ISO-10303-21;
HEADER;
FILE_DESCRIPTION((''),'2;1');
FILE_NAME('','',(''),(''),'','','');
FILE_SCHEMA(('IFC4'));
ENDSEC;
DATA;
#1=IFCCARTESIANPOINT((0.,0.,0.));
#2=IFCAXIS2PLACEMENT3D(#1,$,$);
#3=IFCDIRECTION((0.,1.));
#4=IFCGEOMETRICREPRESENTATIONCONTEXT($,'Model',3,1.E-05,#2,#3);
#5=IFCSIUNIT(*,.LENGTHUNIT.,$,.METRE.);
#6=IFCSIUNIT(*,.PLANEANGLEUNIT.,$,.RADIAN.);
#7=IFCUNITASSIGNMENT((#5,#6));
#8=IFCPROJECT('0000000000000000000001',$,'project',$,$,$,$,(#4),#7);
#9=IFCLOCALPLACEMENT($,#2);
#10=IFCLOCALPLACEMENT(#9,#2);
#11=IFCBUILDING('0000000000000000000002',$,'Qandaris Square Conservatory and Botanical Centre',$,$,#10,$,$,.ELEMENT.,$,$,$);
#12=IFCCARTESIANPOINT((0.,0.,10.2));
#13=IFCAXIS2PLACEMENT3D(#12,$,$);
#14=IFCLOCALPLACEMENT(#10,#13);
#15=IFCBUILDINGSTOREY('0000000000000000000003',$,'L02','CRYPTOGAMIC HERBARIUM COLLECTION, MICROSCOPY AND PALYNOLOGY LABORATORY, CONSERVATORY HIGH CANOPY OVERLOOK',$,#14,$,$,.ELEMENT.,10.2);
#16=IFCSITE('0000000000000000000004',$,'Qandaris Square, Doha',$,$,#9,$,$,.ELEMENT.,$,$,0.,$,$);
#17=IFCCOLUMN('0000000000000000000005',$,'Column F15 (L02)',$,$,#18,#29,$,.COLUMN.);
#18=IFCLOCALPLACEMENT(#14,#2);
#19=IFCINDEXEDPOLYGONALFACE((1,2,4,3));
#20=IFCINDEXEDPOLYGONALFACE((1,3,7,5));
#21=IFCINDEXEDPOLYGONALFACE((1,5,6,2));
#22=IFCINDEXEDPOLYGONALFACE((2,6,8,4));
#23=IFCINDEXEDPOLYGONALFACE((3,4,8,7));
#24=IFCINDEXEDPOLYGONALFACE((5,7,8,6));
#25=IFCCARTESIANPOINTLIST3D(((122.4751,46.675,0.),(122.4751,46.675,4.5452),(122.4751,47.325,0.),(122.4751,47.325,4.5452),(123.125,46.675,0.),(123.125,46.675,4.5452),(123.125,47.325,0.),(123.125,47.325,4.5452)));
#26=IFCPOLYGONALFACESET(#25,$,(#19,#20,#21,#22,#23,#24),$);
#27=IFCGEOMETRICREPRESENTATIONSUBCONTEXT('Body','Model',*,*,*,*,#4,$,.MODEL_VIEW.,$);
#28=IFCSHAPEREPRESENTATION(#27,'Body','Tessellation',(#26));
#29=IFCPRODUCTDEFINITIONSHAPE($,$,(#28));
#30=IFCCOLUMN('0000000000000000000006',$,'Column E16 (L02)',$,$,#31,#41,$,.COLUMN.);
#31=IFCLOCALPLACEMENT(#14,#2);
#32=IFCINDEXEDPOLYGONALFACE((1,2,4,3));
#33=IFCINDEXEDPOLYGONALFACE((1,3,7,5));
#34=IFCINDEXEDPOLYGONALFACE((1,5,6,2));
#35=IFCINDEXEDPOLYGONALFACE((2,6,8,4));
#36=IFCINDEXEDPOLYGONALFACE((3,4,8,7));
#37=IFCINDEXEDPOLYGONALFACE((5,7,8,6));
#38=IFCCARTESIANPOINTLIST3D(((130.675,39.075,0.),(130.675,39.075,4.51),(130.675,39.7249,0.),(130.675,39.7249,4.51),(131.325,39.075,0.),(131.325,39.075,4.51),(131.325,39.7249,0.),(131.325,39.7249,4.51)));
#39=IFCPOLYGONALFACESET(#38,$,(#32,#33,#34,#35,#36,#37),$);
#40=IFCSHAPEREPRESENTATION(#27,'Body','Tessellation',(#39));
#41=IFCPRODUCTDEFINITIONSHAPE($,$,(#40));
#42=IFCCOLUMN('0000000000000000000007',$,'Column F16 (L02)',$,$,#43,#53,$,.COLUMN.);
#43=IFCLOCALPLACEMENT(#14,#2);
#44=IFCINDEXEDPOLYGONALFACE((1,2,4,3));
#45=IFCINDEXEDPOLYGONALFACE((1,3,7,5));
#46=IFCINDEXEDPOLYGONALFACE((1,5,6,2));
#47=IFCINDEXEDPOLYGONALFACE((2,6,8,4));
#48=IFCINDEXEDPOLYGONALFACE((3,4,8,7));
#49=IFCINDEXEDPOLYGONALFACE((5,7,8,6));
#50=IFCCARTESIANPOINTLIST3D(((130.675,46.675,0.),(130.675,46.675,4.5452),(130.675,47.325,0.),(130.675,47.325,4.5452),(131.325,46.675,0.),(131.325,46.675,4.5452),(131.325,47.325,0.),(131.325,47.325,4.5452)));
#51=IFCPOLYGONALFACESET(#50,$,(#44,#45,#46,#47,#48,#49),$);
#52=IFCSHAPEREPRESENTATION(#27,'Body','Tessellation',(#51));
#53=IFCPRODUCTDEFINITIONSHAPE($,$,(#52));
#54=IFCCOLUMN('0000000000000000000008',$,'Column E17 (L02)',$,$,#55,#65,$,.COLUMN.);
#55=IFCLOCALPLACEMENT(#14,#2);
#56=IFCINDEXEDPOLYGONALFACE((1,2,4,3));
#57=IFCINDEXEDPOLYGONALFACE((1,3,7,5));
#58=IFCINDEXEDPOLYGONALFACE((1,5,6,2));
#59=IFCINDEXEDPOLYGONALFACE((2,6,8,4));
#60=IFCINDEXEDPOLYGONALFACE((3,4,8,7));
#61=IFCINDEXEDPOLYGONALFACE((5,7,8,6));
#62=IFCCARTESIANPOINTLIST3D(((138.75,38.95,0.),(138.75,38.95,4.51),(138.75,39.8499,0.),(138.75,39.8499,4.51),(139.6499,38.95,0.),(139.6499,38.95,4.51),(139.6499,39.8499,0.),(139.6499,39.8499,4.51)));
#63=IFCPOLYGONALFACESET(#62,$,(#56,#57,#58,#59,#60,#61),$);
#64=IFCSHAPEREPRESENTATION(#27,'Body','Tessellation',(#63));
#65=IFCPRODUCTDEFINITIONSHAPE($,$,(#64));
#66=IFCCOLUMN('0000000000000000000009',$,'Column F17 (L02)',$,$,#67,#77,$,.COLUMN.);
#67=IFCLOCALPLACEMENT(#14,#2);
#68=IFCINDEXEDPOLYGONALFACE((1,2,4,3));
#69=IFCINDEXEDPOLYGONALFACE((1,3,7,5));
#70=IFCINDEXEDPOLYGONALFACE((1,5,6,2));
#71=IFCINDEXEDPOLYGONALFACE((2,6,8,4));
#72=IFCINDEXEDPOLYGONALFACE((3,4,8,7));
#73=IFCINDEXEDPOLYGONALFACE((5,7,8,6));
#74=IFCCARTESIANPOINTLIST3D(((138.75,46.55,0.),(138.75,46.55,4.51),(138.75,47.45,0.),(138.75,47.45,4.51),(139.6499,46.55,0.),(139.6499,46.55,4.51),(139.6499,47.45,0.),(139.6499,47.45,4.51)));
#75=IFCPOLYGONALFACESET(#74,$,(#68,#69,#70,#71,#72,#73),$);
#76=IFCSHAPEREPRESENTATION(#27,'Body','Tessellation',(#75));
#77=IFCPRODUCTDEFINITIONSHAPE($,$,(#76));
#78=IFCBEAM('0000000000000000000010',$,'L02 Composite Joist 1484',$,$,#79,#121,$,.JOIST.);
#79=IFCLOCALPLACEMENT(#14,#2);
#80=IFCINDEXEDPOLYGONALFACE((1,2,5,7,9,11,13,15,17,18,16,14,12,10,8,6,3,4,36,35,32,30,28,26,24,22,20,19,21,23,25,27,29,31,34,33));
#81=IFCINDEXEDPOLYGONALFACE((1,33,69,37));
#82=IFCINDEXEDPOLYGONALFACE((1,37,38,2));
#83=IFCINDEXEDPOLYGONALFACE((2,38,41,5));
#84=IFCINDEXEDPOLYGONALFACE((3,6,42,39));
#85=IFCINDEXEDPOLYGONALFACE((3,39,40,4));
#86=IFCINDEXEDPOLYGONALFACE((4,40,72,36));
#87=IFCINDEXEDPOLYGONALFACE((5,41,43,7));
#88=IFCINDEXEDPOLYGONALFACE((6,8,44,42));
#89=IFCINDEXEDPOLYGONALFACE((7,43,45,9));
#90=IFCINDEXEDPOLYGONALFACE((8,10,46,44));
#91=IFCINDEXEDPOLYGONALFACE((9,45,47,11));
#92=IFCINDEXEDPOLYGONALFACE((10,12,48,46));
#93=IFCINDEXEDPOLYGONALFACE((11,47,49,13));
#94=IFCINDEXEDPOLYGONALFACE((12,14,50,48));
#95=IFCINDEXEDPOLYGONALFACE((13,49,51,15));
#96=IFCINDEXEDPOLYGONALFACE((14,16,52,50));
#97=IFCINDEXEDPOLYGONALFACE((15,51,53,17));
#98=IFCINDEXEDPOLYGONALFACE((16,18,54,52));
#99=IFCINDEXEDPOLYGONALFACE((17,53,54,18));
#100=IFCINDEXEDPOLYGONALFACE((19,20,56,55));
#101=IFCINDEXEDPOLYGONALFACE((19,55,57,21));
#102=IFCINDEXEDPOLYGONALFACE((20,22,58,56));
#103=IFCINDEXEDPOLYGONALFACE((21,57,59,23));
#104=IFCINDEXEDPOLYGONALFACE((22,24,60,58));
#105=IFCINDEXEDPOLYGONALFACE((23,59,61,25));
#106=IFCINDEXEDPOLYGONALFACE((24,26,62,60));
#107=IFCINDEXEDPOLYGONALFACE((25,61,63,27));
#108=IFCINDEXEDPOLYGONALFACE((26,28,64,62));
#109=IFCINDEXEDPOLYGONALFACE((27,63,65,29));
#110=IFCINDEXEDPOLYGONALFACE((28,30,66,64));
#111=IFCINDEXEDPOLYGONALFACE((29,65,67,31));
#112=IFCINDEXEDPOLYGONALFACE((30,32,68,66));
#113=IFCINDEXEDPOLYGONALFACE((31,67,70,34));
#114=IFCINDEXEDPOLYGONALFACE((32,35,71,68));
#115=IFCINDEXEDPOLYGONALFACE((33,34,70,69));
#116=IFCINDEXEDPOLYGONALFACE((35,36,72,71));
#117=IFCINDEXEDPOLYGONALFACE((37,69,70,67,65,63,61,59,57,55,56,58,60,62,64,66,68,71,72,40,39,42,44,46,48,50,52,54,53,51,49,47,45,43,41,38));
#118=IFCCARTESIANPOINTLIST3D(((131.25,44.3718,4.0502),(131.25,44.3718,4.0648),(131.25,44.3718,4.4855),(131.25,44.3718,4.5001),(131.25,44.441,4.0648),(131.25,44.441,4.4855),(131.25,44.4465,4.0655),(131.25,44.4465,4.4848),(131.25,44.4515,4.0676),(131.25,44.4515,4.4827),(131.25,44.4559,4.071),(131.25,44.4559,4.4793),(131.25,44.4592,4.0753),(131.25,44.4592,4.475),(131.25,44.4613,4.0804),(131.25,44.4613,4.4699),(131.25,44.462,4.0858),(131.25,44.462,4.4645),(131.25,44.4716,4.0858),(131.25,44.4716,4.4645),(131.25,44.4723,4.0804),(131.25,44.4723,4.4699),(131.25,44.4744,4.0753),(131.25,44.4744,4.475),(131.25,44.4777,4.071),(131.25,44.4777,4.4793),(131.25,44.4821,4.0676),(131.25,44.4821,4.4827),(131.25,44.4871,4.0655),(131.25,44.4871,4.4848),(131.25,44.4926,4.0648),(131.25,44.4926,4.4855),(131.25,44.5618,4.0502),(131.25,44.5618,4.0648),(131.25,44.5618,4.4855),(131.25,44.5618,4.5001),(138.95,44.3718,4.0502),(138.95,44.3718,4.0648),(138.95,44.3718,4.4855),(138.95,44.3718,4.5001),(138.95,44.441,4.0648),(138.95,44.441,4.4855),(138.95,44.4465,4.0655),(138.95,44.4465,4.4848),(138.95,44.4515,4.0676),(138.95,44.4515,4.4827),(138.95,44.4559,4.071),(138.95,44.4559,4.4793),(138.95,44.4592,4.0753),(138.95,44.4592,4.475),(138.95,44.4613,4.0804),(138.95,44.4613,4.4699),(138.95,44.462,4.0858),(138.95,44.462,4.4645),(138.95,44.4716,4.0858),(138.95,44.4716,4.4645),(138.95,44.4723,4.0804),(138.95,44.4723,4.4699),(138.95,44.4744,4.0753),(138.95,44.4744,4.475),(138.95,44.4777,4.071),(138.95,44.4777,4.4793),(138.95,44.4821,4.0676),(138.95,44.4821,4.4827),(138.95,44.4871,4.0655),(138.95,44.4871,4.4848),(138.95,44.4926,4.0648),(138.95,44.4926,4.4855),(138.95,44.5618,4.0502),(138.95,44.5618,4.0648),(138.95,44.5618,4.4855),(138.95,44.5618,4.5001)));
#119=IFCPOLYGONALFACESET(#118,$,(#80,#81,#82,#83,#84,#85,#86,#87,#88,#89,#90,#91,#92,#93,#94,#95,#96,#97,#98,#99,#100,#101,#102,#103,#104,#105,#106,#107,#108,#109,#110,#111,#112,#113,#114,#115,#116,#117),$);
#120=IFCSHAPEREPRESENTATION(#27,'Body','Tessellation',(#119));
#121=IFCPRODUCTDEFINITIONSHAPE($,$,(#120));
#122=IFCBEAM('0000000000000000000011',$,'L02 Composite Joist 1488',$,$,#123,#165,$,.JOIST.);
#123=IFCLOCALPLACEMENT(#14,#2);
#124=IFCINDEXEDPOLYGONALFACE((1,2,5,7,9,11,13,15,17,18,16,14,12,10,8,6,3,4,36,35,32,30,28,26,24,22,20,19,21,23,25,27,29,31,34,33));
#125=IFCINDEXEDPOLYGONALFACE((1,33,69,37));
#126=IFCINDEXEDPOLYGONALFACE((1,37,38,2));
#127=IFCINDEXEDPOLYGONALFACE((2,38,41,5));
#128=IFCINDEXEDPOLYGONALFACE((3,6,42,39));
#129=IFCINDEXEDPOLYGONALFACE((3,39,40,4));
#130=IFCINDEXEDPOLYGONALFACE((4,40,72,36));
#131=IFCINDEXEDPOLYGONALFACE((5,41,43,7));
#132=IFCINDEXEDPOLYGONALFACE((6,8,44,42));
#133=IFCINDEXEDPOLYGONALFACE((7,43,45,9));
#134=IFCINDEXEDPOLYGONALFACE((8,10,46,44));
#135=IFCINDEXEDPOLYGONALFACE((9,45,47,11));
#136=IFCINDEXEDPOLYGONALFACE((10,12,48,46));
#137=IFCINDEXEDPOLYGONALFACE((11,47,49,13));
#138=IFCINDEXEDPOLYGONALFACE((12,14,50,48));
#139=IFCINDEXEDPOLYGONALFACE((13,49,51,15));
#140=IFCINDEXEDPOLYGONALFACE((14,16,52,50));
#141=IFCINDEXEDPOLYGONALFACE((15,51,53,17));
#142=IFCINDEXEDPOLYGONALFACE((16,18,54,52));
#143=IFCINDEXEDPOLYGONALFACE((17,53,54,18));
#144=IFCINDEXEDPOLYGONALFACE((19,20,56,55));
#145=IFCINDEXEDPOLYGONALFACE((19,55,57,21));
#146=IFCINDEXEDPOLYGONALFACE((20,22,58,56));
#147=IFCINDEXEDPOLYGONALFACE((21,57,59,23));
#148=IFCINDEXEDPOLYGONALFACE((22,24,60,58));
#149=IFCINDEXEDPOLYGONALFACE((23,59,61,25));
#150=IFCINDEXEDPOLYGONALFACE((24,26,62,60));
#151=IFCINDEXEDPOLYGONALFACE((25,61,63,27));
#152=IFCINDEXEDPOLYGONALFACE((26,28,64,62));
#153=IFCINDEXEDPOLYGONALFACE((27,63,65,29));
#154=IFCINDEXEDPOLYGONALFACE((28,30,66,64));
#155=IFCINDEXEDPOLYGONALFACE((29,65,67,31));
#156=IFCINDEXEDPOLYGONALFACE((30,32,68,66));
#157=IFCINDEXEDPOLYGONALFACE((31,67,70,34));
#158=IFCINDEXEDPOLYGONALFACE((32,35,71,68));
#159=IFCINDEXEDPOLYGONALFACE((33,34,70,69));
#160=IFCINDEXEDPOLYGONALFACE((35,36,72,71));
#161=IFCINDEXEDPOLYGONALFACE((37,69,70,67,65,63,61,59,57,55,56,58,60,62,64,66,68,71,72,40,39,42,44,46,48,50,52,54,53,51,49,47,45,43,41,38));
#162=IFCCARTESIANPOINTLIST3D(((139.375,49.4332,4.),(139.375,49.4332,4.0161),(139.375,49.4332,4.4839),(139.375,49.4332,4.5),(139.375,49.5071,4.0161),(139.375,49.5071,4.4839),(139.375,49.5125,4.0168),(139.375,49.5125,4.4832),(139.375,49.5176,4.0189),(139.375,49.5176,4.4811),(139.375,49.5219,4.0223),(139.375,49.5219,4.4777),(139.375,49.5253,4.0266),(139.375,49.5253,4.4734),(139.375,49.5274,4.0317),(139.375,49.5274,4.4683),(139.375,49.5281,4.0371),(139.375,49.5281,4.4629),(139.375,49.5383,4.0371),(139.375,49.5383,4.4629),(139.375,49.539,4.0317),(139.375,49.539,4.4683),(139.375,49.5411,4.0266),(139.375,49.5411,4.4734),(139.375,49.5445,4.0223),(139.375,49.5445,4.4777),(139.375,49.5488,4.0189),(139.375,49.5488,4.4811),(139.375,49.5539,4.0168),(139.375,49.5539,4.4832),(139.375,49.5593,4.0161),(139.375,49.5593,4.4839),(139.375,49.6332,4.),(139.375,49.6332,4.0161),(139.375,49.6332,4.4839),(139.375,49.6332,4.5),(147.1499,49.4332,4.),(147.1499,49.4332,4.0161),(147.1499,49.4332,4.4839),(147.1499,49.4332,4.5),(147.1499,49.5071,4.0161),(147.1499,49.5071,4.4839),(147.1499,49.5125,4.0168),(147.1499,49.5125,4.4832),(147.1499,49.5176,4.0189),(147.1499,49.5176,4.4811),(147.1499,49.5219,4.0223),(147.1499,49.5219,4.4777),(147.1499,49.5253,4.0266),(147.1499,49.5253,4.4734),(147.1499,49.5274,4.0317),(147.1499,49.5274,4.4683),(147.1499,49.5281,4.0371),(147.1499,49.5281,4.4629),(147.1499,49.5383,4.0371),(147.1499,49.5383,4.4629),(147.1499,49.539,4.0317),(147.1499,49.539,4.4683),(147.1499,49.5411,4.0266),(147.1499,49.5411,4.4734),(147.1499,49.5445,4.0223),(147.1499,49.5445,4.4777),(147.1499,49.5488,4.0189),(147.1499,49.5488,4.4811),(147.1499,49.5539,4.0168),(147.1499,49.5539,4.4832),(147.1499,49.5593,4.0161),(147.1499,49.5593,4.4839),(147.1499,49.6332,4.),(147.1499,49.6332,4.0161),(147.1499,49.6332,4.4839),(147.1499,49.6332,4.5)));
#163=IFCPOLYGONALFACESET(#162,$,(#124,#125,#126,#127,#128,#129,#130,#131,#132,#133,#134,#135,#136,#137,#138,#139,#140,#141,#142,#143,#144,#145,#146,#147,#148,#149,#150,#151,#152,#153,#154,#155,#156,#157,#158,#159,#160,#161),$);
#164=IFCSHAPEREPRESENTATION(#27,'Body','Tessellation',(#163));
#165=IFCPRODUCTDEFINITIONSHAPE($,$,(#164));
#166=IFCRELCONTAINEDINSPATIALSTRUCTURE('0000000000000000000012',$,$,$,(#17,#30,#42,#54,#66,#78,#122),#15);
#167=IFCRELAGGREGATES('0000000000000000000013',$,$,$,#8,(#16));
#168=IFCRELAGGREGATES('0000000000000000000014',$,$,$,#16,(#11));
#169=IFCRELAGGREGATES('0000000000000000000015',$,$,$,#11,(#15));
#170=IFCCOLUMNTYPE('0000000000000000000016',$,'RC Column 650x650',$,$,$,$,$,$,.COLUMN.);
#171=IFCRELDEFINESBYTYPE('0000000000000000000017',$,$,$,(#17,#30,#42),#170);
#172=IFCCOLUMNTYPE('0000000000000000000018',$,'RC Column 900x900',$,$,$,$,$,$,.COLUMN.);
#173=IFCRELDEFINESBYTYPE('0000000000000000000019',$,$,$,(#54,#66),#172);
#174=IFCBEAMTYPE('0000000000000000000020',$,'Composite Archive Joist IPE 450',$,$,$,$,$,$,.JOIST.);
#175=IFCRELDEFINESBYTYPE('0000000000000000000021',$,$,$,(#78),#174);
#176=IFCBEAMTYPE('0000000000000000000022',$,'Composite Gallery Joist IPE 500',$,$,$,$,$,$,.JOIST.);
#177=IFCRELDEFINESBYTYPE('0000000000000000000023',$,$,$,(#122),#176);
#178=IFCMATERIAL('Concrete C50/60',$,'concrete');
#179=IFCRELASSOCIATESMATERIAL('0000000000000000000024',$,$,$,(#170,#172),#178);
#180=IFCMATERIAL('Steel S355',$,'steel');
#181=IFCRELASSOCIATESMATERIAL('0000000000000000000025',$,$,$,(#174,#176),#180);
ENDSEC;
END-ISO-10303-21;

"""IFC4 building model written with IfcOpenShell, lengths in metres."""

from ifc_helpers import new_model, si_unit, direction, frame, origin, origin_2d, place, context, subcontext, project, spatial, rectangle, i_section, extrude, material, material_profile, profile_set, type_object, element, save


model = new_model("IFC4")

# Units and contexts
model_context = context("Model", 3, precision=1e-05, world=origin(), true_north=direction((0.0, 1.0)))
body_context = subcontext(model_context, "Body", "Model", "MODEL_VIEW")
ifc_project = project(units=[si_unit("LENGTHUNIT", "METRE"), si_unit("PLANEANGLEUNIT", "RADIAN")], contexts=[model_context])

# Site, building, storey
site_placement = place(None, origin())
site = spatial("IfcSite", under=ifc_project, at=site_placement, Name="Qandaris Square, Doha", CompositionType="ELEMENT", RefElevation=0.0)
building_placement = place(site_placement, origin())
building = spatial("IfcBuilding", under=site, at=building_placement, Name="Qandaris Square Conservatory and Botanical Centre", CompositionType="ELEMENT")
storey_placement = place(building_placement, frame((0.0, 0.0, 10.2)))
storey = spatial("IfcBuildingStorey", under=building, at=storey_placement, Name="L02", Description="CRYPTOGAMIC HERBARIUM COLLECTION, MICROSCOPY AND PALYNOLOGY LABORATORY, CONSERVATORY HIGH CANOPY OVERLOOK", CompositionType="ELEMENT", Elevation=10.2)

# Columns
ifc_material_1 = material(Name="Concrete C50/60", Category="concrete")
ifc_material_profile_1 = material_profile(ifc_material_1, rectangle(XDim=0.6499, YDim=0.6499, at=origin_2d()), Name="RC-COL 650x650")
ifc_profile_set_1 = profile_set([ifc_material_profile_1], Name="Concrete C50/60")
column_type_1 = type_object("IfcColumnType", Name="RC Column 650x650", PredefinedType="COLUMN", material=ifc_profile_set_1)
column_1_placement = place(storey_placement, frame((122.8, 47.0, 0.0), z_axis=(0.0, 0.0, 1.0), x_axis=(1.0, 0.0, 0.0)))
element("IfcColumn", 1, at=column_1_placement, inside=storey, type_object=column_type_1, Name="Column F15 (L02)", PredefinedType="COLUMN", context=body_context, shape_type="SweptSolid", body=[
    extrude(rectangle(XDim=0.6499, YDim=0.6499, at=origin_2d()), origin(), (0.0, 0.0, 1.0), 4.5452),
])
column_2_placement = place(storey_placement, frame((131.0, 39.3999, 0.0), z_axis=(0.0, 0.0, 1.0), x_axis=(1.0, 0.0, 0.0)))
element("IfcColumn", 2, at=column_2_placement, inside=storey, type_object=column_type_1, Name="Column E16 (L02)", PredefinedType="COLUMN", context=body_context, shape_type="SweptSolid", body=[
    extrude(rectangle(XDim=0.6499, YDim=0.6499, at=origin_2d()), origin(), (0.0, 0.0, 1.0), 4.51),
])
column_3_placement = place(storey_placement, frame((131.0, 47.0, 0.0), z_axis=(0.0, 0.0, 1.0), x_axis=(1.0, 0.0, 0.0)))
element("IfcColumn", 3, at=column_3_placement, inside=storey, type_object=column_type_1, Name="Column F16 (L02)", PredefinedType="COLUMN", context=body_context, shape_type="SweptSolid", body=[
    extrude(rectangle(XDim=0.6499, YDim=0.6499, at=origin_2d()), origin(), (0.0, 0.0, 1.0), 4.5452),
])
ifc_material_profile_2 = material_profile(ifc_material_1, rectangle(XDim=0.8999, YDim=0.8999, at=origin_2d()), Name="RC-COL 900x900")
ifc_profile_set_2 = profile_set([ifc_material_profile_2], Name="Concrete C50/60")
column_type_2 = type_object("IfcColumnType", Name="RC Column 900x900", PredefinedType="COLUMN", material=ifc_profile_set_2)
for number, where, z_axis, x_axis, name in (
    (4, (139.2, 39.3999, 0.0), (0.0, 0.0, 1.0), (1.0, 0.0, 0.0), "Column E17 (L02)"),
    (5, (139.2, 47.0, 0.0), (0.0, 0.0, 1.0), (1.0, 0.0, 0.0), "Column F17 (L02)"),
):
    element("IfcColumn", number, at=place(storey_placement, frame(where, z_axis=z_axis, x_axis=x_axis)), inside=storey, type_object=column_type_2, Name=name, PredefinedType="COLUMN", context=body_context, shape_type="SweptSolid", body=[
        extrude(rectangle(XDim=0.8999, YDim=0.8999, at=origin_2d()), origin(), (0.0, 0.0, 1.0), 4.51),
    ])

# Beams
ifc_material_2 = material(Name="Steel S355", Category="steel")
ifc_material_profile_3 = material_profile(ifc_material_2, i_section(OverallWidth=0.1899, OverallDepth=0.45, WebThickness=0.0095, FlangeThickness=0.0146, FilletRadius=0.021, at=origin_2d()), Name="IPE 450")
ifc_profile_set_3 = profile_set([ifc_material_profile_3], Name="Steel S355")
beam_type_1 = type_object("IfcBeamType", Name="Composite Archive Joist IPE 450", PredefinedType="JOIST", material=ifc_profile_set_3)
beam_1_placement = place(storey_placement, frame((131.25, 44.4668, 4.2751), z_axis=(1.0, 0.0, 0.0), x_axis=(0.0, 1.0, 0.0)))
element("IfcBeam", 6, at=beam_1_placement, inside=storey, type_object=beam_type_1, Name="L02 Composite Joist 1484", PredefinedType="JOIST", context=body_context, shape_type="SweptSolid", body=[
    extrude(i_section(OverallWidth=0.1899, OverallDepth=0.45, WebThickness=0.0095, FlangeThickness=0.0146, FilletRadius=0.021, at=origin_2d()), origin(), (0.0, 0.0, 1.0), 7.7),
])
ifc_material_profile_4 = material_profile(ifc_material_2, i_section(OverallWidth=0.2, OverallDepth=0.5, WebThickness=0.0103, FlangeThickness=0.0161, FilletRadius=0.021, at=origin_2d()), Name="IPE 500")
ifc_profile_set_4 = profile_set([ifc_material_profile_4], Name="Steel S355")
beam_type_2 = type_object("IfcBeamType", Name="Composite Gallery Joist IPE 500", PredefinedType="JOIST", material=ifc_profile_set_4)
beam_2_placement = place(storey_placement, frame((139.375, 49.5332, 4.25), z_axis=(1.0, 0.0, 0.0), x_axis=(0.0, 1.0, 0.0)))
element("IfcBeam", 7, at=beam_2_placement, inside=storey, type_object=beam_type_2, Name="L02 Composite Joist 1488", PredefinedType="JOIST", context=body_context, shape_type="SweptSolid", body=[
    extrude(i_section(OverallWidth=0.2, OverallDepth=0.5, WebThickness=0.0103, FlangeThickness=0.0161, FilletRadius=0.021, at=origin_2d()), origin(), (0.0, 0.0, 1.0), 7.7749),
])

save(model, "model.ifc")
